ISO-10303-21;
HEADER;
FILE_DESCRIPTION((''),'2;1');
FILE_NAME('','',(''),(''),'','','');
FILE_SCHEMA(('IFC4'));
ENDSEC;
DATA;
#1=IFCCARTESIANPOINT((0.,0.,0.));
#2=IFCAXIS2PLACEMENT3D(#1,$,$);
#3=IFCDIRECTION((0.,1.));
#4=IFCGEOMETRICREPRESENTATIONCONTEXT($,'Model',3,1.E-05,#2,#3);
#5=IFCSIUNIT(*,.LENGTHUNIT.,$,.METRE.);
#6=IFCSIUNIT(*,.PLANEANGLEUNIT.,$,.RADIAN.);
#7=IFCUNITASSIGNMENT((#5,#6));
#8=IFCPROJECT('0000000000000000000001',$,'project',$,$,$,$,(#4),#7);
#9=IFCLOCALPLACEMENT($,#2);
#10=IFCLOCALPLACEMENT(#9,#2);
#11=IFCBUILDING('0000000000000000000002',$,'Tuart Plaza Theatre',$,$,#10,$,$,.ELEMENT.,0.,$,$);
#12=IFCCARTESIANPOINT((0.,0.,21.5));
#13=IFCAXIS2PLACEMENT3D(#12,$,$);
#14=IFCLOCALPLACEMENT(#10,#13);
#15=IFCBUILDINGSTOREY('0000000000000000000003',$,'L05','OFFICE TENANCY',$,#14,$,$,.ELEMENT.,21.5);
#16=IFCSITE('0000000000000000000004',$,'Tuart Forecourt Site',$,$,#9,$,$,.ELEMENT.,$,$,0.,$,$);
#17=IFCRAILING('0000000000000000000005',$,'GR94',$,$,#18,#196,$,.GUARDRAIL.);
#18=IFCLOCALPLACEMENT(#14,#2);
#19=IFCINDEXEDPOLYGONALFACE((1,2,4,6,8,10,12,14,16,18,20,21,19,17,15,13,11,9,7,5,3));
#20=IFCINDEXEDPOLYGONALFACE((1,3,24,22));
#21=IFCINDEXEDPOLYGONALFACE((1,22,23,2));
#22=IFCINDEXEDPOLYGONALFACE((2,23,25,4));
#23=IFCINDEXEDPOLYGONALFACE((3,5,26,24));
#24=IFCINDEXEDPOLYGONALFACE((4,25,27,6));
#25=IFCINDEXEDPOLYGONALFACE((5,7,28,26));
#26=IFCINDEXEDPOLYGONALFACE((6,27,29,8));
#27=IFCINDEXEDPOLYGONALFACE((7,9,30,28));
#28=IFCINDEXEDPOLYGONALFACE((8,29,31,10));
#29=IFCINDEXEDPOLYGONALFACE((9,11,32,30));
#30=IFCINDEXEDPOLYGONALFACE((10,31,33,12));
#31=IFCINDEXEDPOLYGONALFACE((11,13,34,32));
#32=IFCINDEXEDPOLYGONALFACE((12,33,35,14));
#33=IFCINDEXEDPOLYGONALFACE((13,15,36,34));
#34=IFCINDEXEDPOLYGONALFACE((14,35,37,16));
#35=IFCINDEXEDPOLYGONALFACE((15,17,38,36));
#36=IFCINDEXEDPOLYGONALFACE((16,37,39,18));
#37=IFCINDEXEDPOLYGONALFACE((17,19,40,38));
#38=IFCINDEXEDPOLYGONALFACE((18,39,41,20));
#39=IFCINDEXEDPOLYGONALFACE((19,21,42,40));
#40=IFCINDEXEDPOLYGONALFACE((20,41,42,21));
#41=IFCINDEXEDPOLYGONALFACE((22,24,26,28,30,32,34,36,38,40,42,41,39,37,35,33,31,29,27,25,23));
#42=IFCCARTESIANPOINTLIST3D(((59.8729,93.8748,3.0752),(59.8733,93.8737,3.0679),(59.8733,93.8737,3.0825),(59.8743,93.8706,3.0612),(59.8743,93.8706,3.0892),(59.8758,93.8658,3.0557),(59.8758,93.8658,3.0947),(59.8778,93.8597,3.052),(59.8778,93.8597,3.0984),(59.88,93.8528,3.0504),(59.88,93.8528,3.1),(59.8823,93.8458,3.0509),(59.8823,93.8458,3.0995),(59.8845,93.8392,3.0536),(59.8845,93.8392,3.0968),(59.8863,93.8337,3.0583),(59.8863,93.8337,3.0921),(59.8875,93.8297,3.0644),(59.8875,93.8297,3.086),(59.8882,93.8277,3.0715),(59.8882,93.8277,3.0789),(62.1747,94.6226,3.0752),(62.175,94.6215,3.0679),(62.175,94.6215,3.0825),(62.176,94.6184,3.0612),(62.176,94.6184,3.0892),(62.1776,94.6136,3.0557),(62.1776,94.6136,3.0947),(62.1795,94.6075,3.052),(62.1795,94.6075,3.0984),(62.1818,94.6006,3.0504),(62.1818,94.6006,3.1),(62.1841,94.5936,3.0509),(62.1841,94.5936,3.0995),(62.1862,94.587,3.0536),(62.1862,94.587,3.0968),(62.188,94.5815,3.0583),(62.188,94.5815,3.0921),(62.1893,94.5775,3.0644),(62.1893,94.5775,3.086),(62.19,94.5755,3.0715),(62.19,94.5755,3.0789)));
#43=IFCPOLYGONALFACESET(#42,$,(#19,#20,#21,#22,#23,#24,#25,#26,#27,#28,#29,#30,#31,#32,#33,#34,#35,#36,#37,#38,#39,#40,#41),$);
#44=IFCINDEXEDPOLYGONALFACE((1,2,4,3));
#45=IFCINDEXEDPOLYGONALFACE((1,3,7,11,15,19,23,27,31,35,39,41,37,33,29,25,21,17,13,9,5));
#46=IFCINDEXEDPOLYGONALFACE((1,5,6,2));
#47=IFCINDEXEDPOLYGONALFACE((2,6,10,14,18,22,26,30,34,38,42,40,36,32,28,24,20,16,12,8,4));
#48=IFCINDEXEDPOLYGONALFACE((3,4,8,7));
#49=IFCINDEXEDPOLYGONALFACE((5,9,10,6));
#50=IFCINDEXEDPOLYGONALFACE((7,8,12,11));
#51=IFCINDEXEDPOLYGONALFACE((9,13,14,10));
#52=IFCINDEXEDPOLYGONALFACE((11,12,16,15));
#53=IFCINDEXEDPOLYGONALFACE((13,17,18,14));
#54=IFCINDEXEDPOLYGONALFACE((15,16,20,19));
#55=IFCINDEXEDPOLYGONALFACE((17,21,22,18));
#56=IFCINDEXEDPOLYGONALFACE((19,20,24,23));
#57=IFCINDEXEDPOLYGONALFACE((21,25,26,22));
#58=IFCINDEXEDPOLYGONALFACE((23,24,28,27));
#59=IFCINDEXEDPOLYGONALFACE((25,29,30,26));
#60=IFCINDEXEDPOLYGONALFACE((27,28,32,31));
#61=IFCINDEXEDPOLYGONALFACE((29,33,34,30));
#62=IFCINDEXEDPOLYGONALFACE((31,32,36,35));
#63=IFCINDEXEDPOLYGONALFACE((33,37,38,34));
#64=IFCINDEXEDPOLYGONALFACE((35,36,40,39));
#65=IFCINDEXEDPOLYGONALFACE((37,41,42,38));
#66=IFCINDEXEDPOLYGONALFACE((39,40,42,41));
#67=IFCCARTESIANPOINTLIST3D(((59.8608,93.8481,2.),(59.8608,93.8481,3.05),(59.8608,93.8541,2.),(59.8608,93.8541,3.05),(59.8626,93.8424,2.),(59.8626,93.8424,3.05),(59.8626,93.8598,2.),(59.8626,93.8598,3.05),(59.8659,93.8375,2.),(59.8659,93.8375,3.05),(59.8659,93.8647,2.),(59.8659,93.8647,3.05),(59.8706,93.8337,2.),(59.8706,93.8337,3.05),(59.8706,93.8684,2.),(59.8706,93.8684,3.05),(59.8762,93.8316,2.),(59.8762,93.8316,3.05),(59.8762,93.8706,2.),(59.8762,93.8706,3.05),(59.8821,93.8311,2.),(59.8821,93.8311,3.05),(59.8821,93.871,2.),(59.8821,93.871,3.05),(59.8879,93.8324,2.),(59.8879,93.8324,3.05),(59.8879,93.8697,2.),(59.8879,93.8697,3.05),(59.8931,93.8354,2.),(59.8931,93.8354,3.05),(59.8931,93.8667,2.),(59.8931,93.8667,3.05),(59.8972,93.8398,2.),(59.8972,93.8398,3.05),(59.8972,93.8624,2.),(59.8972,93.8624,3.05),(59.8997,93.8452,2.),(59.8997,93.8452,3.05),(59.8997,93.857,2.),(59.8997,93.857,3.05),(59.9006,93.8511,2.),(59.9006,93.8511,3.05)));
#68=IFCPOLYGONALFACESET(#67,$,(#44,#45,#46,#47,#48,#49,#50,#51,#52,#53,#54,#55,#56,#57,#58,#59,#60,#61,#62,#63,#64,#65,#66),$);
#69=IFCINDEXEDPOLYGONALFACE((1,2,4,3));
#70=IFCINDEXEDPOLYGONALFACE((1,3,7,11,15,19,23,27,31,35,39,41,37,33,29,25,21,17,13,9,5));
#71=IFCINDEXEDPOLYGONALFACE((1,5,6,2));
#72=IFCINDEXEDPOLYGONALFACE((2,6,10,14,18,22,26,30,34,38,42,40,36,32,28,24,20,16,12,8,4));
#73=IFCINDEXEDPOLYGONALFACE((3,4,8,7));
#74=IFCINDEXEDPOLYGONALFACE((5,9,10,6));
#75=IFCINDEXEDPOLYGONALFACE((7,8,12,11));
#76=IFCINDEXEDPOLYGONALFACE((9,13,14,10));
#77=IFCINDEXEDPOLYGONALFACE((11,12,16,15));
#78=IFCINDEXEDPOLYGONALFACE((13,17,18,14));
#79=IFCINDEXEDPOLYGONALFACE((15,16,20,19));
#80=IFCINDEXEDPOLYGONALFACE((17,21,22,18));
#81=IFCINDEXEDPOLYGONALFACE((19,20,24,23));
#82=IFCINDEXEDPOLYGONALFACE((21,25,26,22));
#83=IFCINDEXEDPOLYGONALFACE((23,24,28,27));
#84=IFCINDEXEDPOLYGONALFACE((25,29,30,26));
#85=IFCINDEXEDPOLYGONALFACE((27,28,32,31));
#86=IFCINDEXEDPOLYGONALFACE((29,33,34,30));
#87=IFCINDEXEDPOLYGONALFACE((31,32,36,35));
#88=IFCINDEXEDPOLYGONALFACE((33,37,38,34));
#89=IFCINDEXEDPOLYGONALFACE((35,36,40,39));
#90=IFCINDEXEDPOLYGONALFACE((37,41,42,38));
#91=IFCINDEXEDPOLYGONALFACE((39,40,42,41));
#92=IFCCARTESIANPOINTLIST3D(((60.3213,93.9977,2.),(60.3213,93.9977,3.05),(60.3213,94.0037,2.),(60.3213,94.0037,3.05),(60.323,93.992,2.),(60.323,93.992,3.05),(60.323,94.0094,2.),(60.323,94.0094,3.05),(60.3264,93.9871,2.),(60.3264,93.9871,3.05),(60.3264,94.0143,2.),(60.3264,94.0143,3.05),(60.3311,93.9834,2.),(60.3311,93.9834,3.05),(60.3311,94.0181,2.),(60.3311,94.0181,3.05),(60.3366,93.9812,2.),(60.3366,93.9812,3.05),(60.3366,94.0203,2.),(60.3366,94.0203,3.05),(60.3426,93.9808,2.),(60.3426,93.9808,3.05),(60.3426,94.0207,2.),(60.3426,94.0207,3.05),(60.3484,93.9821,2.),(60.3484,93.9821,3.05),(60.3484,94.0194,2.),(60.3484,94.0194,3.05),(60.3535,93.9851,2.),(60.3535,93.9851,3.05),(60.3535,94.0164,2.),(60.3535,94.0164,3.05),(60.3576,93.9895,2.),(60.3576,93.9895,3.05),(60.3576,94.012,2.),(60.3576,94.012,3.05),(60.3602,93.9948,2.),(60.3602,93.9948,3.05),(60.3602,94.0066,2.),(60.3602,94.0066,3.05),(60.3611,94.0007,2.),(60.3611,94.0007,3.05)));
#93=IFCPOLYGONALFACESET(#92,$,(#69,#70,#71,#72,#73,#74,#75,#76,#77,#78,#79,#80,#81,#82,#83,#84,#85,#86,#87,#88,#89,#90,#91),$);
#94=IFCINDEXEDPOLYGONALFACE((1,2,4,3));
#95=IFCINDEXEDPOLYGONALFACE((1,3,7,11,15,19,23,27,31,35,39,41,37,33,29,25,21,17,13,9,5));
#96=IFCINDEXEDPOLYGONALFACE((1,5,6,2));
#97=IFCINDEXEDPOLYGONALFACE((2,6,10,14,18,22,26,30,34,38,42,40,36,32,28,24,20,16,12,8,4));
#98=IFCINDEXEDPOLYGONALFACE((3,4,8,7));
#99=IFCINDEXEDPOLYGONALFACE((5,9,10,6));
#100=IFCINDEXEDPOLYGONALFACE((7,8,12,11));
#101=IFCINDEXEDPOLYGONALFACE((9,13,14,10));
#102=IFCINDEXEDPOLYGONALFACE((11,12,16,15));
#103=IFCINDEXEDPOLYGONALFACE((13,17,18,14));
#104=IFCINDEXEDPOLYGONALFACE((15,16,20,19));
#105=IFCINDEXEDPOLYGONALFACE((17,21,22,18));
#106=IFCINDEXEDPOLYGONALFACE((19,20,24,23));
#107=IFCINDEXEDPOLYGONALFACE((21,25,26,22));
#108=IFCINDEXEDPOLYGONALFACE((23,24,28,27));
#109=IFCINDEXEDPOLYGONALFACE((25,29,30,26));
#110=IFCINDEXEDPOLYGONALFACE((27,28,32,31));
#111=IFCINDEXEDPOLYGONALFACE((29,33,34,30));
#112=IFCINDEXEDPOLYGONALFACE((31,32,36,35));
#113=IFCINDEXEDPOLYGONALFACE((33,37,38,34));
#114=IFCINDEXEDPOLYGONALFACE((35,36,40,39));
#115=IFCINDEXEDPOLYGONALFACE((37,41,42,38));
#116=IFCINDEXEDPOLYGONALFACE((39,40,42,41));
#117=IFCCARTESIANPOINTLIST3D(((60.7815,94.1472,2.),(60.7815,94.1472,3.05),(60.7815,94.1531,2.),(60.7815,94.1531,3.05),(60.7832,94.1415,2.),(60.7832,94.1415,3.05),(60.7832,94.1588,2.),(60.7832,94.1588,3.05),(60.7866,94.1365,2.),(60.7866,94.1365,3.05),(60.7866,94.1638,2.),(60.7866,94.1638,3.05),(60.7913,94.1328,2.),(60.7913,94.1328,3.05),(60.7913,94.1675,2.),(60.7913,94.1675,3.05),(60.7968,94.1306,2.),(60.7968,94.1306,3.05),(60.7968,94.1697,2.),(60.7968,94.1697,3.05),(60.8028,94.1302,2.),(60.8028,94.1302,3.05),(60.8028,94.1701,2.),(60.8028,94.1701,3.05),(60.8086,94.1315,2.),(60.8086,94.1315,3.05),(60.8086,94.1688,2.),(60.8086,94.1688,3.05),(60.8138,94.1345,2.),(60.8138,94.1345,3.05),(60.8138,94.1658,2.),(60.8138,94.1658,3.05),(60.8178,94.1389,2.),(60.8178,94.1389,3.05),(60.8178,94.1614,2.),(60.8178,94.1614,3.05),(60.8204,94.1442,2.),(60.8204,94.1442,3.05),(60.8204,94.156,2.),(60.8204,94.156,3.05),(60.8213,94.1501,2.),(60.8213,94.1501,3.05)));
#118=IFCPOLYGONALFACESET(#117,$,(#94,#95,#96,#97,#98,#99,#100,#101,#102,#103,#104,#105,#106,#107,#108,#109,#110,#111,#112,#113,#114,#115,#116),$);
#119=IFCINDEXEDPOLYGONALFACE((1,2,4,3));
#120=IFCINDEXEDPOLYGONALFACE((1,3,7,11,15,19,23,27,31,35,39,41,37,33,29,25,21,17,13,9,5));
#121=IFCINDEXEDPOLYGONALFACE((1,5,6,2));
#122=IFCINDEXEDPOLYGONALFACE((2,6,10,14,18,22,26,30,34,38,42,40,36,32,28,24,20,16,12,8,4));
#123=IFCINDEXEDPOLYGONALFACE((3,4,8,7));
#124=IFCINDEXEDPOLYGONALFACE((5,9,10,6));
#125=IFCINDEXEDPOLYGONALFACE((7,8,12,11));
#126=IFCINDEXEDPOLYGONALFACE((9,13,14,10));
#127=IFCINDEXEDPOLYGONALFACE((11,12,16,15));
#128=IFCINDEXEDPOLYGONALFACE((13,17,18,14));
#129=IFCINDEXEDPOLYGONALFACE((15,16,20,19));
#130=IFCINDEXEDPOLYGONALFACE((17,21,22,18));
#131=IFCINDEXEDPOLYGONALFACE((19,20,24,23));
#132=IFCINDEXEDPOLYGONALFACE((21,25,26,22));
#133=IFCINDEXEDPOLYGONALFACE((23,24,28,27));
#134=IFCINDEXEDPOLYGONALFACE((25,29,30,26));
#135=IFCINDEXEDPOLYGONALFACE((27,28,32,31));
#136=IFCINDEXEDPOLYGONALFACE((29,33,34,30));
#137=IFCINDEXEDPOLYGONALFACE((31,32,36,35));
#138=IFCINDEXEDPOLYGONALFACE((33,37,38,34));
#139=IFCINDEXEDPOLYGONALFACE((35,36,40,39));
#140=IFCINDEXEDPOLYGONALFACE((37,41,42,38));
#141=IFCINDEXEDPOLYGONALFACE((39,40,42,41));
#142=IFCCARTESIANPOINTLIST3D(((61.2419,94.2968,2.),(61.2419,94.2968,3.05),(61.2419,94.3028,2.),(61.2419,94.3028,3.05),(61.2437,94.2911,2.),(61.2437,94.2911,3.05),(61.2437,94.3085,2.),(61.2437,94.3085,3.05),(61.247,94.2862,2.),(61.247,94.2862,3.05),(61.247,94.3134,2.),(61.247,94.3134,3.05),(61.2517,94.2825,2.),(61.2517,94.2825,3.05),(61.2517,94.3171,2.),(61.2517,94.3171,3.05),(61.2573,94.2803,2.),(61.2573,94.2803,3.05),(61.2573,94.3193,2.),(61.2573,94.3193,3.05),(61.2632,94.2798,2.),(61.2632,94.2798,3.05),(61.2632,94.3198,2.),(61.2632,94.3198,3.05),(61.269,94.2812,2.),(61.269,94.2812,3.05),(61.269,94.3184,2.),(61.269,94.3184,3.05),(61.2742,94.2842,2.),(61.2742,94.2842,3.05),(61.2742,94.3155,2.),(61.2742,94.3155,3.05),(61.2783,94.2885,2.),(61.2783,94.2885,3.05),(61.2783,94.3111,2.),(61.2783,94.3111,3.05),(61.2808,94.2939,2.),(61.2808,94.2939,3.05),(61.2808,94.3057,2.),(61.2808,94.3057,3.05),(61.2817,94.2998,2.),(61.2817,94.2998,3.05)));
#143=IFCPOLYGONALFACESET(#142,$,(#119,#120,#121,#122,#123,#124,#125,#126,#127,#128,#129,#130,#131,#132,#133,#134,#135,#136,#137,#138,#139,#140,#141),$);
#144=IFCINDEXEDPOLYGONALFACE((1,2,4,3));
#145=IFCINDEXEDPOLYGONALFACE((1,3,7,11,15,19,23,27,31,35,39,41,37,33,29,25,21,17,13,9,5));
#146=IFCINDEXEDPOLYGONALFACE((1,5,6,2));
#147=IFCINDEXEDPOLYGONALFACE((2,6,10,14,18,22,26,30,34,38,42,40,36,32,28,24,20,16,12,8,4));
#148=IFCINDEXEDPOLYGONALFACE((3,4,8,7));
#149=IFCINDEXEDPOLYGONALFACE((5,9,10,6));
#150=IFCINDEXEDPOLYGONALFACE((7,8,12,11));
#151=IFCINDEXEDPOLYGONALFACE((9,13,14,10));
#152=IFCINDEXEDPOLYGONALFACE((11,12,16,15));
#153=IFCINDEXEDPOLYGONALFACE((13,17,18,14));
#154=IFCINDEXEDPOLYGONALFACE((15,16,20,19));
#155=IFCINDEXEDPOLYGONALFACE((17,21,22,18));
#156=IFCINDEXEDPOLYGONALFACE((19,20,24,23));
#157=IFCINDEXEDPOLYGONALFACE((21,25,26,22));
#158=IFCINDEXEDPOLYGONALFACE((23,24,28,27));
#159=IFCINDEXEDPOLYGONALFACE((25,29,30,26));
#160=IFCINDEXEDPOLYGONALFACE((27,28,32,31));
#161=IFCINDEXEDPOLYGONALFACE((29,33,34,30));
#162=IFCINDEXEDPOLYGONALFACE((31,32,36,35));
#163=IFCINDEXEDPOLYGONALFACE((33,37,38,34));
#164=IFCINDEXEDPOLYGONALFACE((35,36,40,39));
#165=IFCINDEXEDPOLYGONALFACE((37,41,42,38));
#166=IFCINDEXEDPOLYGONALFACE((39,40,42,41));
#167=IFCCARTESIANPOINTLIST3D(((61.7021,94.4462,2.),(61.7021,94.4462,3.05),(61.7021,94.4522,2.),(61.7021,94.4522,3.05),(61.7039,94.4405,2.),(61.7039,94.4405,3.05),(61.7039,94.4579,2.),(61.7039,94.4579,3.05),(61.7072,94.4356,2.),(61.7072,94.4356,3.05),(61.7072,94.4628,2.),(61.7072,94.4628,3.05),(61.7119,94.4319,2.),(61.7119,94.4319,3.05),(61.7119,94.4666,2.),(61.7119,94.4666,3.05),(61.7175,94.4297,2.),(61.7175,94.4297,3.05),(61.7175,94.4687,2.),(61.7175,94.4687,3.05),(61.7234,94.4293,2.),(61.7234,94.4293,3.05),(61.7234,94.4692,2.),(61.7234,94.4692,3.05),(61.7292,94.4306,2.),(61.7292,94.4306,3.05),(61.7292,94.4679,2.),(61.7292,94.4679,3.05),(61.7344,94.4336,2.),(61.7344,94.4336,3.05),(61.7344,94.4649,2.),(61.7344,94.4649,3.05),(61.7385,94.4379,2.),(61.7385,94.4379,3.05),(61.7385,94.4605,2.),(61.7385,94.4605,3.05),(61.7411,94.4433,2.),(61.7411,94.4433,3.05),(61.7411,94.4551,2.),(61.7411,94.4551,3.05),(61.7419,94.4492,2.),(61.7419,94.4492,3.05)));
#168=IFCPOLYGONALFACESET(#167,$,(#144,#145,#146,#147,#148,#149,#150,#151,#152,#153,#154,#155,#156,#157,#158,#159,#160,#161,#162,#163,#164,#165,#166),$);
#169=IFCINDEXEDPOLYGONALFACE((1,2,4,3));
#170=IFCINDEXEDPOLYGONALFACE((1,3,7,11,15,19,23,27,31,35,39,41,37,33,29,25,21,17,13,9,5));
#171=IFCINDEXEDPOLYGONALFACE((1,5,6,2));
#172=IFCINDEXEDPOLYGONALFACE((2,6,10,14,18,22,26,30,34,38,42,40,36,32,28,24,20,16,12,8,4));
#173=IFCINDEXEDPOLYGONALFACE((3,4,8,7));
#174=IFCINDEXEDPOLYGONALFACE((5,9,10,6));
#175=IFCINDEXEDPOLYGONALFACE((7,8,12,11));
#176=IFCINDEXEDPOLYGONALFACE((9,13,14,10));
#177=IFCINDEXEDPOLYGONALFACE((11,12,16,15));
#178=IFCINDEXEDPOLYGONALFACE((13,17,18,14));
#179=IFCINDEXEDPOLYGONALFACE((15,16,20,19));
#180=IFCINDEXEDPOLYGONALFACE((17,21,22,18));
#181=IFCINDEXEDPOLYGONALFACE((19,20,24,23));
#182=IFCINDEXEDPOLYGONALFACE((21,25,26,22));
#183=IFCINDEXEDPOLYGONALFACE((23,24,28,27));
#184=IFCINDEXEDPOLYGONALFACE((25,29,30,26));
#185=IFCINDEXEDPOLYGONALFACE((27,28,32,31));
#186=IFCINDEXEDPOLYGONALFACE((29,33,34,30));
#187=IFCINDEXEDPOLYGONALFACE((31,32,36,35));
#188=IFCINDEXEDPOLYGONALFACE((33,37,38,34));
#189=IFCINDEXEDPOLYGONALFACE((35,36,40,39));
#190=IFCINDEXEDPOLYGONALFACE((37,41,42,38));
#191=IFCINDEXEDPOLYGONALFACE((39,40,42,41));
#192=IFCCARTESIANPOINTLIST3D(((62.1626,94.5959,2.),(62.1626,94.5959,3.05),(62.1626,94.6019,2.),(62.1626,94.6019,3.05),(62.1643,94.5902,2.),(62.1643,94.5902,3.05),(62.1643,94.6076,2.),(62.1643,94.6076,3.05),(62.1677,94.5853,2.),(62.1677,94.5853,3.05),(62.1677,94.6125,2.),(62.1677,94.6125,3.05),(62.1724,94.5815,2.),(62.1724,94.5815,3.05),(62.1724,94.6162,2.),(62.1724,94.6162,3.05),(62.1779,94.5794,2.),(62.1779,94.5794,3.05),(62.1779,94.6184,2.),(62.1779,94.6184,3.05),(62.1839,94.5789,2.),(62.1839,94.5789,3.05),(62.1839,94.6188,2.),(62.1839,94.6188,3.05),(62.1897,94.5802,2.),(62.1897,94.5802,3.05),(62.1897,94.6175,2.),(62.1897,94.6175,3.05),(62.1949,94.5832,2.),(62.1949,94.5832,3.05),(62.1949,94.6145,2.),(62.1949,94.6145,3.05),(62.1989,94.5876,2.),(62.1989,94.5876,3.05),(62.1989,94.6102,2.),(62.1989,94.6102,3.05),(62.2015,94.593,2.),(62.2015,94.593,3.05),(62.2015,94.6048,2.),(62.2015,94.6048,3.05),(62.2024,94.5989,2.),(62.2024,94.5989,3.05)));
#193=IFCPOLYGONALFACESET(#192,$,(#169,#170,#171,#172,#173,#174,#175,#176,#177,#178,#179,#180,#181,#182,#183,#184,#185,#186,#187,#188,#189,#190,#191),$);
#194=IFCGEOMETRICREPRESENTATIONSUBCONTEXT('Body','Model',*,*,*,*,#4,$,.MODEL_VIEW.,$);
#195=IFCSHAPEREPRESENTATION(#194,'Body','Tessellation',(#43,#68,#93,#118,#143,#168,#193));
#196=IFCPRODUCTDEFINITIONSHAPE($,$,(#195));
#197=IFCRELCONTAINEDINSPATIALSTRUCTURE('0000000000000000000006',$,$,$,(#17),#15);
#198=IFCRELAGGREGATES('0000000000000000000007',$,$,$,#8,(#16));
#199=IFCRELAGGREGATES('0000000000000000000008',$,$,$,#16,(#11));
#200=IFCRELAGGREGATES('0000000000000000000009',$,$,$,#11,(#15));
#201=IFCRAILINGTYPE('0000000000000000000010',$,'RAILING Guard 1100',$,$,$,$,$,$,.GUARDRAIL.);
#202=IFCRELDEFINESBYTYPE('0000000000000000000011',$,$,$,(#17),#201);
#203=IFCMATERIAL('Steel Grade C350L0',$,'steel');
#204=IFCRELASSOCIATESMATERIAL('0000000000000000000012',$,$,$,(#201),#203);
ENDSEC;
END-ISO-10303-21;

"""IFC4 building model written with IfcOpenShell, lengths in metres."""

from ifc_helpers import new_model, si_unit, direction, frame, origin, origin_2d, place, context, subcontext, project, spatial, circle, extrude, material, type_object, element, save


model = new_model("IFC4")

# Units and contexts
model_context = context("Model", 3, precision=1e-05, world=origin(), true_north=direction((0.0, 1.0)))
body_context = subcontext(model_context, "Body", "Model", "MODEL_VIEW")
ifc_project = project(units=[si_unit("LENGTHUNIT", "METRE"), si_unit("PLANEANGLEUNIT", "RADIAN")], contexts=[model_context])

# Site, building, storey
site_placement = place(None, origin())
site = spatial("IfcSite", under=ifc_project, at=site_placement, Name="Tuart Forecourt Site", CompositionType="ELEMENT", RefElevation=0.0)
building_placement = place(site_placement, origin())
building = spatial("IfcBuilding", under=site, at=building_placement, Name="Tuart Plaza Theatre", CompositionType="ELEMENT", ElevationOfRefHeight=0.0)
storey_placement = place(building_placement, frame((0.0, 0.0, 21.5)))
storey = spatial("IfcBuildingStorey", under=building, at=storey_placement, Name="L05", Description="OFFICE TENANCY", CompositionType="ELEMENT", Elevation=21.5)

# Railing
ifc_material_1 = material(Name="Steel Grade C350L0", Category="steel")
railing_type_1 = type_object("IfcRailingType", Name="RAILING Guard 1100", PredefinedType="GUARDRAIL", material=ifc_material_1)
railing_1_placement = place(storey_placement, frame((59.8806, 93.8511, 2.0)))
element("IfcRailing", 1, at=railing_1_placement, inside=storey, type_object=railing_type_1, Name="GR94", PredefinedType="GUARDRAIL", context=body_context, shape_type="SweptSolid", body=[
    extrude(circle(Radius=0.0249, at=origin_2d()), frame((0.0, 0.0, 1.0752), z_axis=(0.951067, 0.308986, 0.0), x_axis=(-0.308986, 0.951067, 0.0)), (0.0, 0.0, 1.0), 2.4202),
    extrude(circle(Radius=0.02, at=origin_2d()), origin(), (0.0, 0.0, 1.0), 1.05),
    extrude(circle(Radius=0.02, at=origin_2d()), frame((0.4604, 0.1497, 0.0)), (0.0, 0.0, 1.0), 1.05),
    extrude(circle(Radius=0.02, at=origin_2d()), frame((0.9207, 0.2991, 0.0)), (0.0, 0.0, 1.0), 1.05),
    extrude(circle(Radius=0.02, at=origin_2d()), frame((1.3811, 0.4487, 0.0)), (0.0, 0.0, 1.0), 1.05),
    extrude(circle(Radius=0.02, at=origin_2d()), frame((1.8413, 0.5981, 0.0)), (0.0, 0.0, 1.0), 1.05),
    extrude(circle(Radius=0.02, at=origin_2d()), frame((2.3018, 0.7478, 0.0)), (0.0, 0.0, 1.0), 1.05),
])

save(model, "model.ifc")
